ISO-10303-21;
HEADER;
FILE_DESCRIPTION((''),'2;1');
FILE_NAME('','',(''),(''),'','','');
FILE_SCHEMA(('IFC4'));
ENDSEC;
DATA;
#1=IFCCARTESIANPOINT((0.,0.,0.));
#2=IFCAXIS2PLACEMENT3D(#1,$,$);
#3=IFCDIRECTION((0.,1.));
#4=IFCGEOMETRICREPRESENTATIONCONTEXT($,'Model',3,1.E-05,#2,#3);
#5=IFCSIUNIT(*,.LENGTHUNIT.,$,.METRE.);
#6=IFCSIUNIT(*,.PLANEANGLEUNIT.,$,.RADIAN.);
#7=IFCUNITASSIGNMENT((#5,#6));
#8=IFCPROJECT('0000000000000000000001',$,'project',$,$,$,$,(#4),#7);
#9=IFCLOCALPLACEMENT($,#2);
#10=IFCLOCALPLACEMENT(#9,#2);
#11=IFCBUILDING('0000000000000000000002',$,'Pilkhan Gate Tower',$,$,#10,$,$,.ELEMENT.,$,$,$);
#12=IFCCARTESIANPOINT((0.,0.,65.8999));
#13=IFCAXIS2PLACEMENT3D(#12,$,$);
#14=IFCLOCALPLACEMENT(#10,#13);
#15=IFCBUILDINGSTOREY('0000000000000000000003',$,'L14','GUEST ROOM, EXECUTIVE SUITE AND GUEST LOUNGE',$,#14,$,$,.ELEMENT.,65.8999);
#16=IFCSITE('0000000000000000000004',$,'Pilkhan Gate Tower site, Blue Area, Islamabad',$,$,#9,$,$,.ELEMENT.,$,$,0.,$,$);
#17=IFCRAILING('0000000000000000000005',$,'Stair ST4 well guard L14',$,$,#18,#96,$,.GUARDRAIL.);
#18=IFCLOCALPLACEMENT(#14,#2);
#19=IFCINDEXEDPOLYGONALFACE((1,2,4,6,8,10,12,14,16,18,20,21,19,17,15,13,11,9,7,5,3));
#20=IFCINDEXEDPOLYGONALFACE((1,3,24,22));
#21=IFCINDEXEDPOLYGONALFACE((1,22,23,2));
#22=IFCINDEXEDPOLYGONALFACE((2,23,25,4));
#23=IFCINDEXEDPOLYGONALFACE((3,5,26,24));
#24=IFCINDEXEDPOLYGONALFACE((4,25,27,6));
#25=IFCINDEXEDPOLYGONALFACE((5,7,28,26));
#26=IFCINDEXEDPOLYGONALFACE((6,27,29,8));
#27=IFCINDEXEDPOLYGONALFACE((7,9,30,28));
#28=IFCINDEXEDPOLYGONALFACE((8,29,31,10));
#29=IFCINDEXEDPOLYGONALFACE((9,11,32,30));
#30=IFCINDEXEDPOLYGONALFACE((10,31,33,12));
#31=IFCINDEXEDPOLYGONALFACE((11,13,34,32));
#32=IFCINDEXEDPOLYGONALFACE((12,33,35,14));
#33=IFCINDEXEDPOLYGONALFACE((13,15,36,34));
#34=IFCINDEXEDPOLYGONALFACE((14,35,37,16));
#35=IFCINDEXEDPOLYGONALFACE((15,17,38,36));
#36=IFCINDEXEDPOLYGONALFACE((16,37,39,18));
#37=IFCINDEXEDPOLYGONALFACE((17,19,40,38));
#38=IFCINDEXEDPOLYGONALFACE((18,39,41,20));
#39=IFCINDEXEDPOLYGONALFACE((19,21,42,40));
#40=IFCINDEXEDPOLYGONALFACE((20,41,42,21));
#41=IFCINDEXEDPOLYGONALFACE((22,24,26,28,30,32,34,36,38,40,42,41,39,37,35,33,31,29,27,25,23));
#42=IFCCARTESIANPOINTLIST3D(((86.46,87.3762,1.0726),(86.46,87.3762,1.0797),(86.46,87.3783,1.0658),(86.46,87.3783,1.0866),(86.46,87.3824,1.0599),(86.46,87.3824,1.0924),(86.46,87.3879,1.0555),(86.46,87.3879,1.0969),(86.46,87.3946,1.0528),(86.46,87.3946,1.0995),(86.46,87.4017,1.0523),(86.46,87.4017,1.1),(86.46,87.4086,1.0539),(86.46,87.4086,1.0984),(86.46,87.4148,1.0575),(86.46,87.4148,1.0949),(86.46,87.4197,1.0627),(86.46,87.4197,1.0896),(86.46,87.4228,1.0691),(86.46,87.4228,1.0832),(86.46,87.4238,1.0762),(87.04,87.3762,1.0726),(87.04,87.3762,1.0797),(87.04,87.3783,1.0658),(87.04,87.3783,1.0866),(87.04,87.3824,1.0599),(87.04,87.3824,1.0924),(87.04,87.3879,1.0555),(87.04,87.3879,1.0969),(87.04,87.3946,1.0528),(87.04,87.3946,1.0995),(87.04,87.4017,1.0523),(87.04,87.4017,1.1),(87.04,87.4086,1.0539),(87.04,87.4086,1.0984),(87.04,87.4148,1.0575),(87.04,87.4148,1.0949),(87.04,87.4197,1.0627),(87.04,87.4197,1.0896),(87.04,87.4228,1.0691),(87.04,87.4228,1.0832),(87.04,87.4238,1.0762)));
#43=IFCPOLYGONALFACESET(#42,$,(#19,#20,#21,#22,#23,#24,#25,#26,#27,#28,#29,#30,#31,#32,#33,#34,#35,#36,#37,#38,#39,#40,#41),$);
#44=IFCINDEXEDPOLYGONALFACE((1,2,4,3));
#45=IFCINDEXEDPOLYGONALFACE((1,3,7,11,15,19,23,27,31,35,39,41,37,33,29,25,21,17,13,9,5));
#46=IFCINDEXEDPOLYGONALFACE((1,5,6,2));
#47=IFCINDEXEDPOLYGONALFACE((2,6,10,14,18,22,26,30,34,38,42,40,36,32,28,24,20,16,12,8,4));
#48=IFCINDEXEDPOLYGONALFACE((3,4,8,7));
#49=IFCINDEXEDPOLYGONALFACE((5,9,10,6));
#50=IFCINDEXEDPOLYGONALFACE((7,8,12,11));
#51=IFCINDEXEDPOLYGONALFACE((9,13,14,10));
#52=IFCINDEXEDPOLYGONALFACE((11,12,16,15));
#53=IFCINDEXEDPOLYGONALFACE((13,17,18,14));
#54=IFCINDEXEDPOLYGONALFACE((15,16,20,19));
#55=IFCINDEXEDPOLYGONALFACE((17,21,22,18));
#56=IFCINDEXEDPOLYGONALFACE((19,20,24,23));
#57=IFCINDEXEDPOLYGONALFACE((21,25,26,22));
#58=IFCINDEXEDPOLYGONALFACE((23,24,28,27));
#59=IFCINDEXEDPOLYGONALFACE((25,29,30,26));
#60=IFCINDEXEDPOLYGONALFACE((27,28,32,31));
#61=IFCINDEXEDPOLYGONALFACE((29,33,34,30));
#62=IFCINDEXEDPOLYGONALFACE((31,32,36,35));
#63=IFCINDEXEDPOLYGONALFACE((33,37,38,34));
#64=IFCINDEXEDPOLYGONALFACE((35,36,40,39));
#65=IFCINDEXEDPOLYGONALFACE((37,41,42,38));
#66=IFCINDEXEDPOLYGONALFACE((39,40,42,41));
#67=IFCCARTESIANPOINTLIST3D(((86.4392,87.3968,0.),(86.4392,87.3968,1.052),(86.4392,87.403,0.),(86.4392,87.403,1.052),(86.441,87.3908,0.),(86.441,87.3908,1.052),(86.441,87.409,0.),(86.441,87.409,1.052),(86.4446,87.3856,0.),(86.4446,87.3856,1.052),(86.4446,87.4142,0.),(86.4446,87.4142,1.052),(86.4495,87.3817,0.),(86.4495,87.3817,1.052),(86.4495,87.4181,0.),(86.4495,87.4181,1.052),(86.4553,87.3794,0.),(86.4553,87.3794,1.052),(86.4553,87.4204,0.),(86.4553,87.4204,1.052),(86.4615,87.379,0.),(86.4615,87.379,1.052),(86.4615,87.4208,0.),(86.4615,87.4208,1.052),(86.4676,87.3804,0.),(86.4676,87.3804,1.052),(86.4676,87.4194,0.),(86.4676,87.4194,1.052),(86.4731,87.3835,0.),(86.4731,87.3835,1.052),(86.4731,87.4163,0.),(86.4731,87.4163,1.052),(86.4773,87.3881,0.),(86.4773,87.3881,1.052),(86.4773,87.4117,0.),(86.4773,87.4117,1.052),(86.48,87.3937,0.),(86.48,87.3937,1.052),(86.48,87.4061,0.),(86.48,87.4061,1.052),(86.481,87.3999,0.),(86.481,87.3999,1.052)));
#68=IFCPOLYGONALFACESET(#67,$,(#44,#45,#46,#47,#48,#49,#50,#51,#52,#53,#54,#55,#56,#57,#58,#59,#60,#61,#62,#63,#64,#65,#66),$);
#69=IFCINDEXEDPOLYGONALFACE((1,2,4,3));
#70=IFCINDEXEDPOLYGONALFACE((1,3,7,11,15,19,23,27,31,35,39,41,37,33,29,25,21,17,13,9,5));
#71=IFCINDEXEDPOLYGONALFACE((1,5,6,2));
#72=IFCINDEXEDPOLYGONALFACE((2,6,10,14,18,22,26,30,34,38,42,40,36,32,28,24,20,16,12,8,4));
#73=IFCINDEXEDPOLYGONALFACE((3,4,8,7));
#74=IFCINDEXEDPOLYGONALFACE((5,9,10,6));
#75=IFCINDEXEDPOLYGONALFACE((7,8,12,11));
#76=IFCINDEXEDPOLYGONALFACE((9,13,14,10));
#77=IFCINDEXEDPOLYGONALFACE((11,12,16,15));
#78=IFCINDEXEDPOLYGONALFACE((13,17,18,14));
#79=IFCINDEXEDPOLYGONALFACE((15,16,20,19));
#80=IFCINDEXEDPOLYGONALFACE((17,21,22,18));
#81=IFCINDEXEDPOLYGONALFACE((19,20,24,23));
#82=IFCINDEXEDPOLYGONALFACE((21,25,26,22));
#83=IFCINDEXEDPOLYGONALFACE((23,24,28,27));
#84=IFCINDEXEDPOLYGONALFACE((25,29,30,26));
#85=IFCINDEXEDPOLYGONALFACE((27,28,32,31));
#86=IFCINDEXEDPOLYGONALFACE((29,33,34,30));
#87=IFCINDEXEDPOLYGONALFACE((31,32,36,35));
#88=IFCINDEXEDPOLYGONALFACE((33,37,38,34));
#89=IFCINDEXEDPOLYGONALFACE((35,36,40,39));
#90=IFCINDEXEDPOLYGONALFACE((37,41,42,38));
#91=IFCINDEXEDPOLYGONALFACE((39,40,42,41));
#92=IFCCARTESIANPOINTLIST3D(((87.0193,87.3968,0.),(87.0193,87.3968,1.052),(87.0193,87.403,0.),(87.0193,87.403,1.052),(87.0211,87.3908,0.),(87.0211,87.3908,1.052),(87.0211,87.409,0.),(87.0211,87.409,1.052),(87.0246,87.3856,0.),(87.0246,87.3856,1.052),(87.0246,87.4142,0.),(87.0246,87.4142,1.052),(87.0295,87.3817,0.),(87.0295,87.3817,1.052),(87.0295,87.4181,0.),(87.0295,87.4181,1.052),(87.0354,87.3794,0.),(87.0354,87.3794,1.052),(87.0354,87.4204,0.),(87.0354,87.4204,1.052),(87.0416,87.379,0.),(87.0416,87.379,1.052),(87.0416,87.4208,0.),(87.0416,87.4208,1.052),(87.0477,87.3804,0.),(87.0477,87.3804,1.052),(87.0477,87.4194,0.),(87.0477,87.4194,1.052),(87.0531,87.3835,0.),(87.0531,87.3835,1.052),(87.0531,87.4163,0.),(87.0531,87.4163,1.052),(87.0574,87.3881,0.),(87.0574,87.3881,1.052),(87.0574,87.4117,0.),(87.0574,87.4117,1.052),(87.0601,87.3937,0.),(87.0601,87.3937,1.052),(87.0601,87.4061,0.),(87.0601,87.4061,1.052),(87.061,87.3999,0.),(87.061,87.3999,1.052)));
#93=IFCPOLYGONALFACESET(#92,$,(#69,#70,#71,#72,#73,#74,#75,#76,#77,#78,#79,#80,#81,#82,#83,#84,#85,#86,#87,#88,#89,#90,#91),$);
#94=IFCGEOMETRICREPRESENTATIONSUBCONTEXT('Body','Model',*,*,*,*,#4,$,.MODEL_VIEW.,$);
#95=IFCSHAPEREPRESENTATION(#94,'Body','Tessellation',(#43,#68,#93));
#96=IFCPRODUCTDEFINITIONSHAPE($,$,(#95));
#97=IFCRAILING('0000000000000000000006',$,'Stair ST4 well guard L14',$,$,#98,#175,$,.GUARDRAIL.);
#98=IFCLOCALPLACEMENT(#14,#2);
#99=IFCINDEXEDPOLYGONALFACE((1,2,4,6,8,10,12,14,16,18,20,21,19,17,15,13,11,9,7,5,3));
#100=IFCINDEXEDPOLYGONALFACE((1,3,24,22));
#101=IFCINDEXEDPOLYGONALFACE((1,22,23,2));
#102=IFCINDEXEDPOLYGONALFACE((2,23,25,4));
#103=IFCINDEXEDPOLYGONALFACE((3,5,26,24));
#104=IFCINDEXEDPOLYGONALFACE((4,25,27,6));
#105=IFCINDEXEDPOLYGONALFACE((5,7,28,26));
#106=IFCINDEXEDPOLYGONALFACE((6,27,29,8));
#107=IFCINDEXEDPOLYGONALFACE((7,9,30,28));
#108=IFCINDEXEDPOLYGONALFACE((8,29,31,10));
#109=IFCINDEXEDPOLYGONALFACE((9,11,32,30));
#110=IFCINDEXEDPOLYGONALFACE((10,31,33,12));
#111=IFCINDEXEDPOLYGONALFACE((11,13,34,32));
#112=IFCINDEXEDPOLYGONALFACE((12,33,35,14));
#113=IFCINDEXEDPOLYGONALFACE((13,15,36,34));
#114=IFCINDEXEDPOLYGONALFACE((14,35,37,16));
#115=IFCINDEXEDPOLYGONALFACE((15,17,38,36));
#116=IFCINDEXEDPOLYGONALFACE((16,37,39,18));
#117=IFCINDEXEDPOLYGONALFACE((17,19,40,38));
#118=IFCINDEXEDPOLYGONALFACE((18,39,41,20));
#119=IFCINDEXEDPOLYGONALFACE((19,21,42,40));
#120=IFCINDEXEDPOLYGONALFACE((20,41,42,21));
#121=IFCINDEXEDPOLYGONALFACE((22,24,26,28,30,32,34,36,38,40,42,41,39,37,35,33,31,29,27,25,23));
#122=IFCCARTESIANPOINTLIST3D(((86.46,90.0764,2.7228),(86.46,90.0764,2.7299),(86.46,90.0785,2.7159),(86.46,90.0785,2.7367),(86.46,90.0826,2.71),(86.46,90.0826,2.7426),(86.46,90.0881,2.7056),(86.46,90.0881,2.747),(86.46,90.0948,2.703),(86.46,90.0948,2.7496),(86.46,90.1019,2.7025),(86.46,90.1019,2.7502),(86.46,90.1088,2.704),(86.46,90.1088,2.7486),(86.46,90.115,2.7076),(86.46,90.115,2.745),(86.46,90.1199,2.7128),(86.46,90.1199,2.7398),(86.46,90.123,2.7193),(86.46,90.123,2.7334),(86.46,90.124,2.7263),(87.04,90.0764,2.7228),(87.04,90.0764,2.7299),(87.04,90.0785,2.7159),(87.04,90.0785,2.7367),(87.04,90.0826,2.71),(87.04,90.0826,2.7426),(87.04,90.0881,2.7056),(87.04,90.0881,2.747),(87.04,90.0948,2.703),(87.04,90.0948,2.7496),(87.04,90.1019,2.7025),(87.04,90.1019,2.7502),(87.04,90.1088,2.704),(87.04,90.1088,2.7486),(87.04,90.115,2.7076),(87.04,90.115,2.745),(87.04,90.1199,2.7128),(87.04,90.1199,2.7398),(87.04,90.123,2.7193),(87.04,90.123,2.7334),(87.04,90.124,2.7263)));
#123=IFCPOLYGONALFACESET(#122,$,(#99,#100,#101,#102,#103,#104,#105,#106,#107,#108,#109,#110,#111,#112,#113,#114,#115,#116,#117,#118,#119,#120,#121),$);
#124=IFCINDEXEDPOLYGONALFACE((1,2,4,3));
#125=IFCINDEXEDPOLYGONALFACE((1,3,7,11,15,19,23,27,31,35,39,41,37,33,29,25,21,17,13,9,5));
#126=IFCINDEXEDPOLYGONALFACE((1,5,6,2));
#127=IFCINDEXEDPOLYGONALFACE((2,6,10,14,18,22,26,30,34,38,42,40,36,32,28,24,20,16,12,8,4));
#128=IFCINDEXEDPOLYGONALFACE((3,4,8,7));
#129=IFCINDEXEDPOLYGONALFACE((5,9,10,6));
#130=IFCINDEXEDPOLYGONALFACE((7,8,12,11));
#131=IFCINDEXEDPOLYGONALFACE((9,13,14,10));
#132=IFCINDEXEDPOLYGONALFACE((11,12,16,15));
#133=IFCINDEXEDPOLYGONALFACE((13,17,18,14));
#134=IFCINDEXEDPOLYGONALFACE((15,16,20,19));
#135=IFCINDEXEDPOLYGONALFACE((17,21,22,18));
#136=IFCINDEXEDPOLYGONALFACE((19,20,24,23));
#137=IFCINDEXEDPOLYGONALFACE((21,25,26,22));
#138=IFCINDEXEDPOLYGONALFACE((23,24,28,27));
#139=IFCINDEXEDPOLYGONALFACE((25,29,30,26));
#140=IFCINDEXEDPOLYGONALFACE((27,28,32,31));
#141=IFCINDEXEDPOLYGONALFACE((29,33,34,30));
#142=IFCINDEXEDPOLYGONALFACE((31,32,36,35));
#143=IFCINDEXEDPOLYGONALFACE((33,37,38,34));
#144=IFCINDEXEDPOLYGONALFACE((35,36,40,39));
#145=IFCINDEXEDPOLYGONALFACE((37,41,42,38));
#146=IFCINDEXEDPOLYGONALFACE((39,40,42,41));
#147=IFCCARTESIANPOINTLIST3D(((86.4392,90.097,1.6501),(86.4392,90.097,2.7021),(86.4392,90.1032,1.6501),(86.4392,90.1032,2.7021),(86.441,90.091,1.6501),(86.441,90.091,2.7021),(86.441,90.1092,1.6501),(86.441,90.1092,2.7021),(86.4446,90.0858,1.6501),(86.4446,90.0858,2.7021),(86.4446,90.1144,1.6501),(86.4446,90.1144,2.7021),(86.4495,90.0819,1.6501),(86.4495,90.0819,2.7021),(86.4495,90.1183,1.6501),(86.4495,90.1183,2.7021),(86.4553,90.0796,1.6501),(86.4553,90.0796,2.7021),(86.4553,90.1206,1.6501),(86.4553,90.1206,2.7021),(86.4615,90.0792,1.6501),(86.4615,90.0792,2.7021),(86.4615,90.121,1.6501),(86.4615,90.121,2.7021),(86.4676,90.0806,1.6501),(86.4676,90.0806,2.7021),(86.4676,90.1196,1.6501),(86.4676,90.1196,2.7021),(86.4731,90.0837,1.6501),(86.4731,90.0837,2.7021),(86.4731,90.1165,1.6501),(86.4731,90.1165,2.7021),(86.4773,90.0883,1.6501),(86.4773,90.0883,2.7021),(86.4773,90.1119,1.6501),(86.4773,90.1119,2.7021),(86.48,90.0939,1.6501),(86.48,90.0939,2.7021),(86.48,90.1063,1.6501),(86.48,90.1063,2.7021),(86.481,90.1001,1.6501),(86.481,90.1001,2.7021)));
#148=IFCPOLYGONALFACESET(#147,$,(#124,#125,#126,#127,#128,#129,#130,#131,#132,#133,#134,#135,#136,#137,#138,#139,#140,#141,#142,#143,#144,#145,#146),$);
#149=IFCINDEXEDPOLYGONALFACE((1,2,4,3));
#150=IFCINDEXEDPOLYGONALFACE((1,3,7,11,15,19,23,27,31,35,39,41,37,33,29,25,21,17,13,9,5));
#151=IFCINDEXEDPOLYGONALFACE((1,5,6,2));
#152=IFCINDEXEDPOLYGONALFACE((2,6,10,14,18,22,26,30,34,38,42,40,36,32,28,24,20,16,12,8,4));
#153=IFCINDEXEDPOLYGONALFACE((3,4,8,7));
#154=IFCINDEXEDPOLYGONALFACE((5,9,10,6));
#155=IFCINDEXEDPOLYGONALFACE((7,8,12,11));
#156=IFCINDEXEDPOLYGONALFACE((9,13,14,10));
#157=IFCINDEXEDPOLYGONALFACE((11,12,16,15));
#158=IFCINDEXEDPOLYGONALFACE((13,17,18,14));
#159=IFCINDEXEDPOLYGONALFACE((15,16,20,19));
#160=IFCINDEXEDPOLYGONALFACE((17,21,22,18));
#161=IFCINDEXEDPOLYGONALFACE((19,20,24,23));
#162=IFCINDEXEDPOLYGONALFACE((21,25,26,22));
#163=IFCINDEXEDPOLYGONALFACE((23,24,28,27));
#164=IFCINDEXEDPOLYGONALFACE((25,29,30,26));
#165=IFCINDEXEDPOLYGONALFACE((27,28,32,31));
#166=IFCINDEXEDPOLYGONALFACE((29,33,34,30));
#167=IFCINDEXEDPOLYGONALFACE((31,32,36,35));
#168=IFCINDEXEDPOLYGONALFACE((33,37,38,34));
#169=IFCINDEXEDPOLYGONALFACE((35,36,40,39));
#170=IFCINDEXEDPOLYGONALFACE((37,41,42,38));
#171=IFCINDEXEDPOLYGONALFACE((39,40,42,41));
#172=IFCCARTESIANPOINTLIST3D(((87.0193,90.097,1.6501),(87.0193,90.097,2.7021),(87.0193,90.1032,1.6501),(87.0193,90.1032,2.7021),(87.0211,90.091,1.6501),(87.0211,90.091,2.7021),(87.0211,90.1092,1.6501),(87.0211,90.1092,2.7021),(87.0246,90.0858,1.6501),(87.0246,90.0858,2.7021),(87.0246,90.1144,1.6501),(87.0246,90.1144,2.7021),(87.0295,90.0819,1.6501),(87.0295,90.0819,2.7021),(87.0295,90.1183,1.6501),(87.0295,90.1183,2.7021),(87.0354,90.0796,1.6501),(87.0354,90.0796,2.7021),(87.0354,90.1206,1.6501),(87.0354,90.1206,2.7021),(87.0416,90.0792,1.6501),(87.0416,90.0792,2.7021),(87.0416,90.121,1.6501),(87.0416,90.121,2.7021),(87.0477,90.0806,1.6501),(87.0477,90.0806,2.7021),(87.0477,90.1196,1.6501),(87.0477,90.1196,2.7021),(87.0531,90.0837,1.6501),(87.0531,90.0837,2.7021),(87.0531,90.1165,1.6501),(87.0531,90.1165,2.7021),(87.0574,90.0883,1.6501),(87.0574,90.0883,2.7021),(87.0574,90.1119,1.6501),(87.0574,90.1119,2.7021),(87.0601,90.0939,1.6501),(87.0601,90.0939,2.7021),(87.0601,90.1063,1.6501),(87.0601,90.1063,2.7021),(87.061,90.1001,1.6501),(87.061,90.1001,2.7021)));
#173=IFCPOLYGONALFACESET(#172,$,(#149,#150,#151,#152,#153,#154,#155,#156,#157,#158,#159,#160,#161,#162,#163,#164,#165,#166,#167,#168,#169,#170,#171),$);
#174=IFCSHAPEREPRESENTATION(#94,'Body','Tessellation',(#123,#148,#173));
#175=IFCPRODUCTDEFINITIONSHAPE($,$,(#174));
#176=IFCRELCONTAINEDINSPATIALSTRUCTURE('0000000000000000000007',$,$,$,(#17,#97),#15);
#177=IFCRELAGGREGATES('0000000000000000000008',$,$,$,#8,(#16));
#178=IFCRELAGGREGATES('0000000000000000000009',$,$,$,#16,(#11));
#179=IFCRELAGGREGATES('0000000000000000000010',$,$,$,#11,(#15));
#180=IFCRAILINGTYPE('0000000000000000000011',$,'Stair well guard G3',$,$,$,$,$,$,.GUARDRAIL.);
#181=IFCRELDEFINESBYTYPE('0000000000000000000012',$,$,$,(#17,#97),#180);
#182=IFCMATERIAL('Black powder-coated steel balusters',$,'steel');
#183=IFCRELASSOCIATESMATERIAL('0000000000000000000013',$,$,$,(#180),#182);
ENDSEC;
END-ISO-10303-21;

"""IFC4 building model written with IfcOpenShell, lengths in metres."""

from ifc_helpers import new_model, si_unit, direction, frame, origin, origin_2d, place, context, subcontext, project, spatial, circle, extrude, material, type_object, element, save


model = new_model("IFC4")

# Units and contexts
model_context = context("Model", 3, precision=1e-05, world=origin(), true_north=direction((0.0, 1.0)))
body_context = subcontext(model_context, "Body", "Model", "MODEL_VIEW")
ifc_project = project(units=[si_unit("LENGTHUNIT", "METRE"), si_unit("PLANEANGLEUNIT", "RADIAN")], contexts=[model_context])

# Site, building, storey
site_placement = place(None, origin())
site = spatial("IfcSite", under=ifc_project, at=site_placement, Name="Pilkhan Gate Tower site, Blue Area, Islamabad", CompositionType="ELEMENT", RefElevation=0.0)
building_placement = place(site_placement, origin())
building = spatial("IfcBuilding", under=site, at=building_placement, Name="Pilkhan Gate Tower", CompositionType="ELEMENT")
storey_placement = place(building_placement, frame((0.0, 0.0, 65.8999)))
storey = spatial("IfcBuildingStorey", under=building, at=storey_placement, Name="L14", Description="GUEST ROOM, EXECUTIVE SUITE AND GUEST LOUNGE", CompositionType="ELEMENT", Elevation=65.8999)

# Railings
ifc_material_1 = material(Name="Black powder-coated steel balusters", Category="steel")
railing_type_1 = type_object("IfcRailingType", Name="Stair well guard G3", PredefinedType="GUARDRAIL", material=ifc_material_1)
for number, where, name in (
    (1, (86.46, 87.3999, 0.0), "Stair ST4 well guard L14"),
    (2, (86.46, 90.1001, 1.6501), "Stair ST4 well guard L14"),
):
    element("IfcRailing", number, at=place(storey_placement, frame(where)), inside=storey, type_object=railing_type_1, Name=name, PredefinedType="GUARDRAIL", context=body_context, shape_type="SweptSolid", body=[
        extrude(circle(Radius=0.0239, at=origin_2d()), frame((0.0, 0.0, 1.0762), z_axis=(1.0, 0.0, 0.0), x_axis=(0.0, 1.0, 0.0)), (0.0, 0.0, 1.0), 0.5801),
        extrude(circle(Radius=0.021, at=origin_2d()), origin(), (0.0, 0.0, 1.0), 1.052),
        extrude(circle(Radius=0.021, at=origin_2d()), frame((0.5801, 0.0, 0.0)), (0.0, 0.0, 1.0), 1.052),
    ])

save(model, "model.ifc")
